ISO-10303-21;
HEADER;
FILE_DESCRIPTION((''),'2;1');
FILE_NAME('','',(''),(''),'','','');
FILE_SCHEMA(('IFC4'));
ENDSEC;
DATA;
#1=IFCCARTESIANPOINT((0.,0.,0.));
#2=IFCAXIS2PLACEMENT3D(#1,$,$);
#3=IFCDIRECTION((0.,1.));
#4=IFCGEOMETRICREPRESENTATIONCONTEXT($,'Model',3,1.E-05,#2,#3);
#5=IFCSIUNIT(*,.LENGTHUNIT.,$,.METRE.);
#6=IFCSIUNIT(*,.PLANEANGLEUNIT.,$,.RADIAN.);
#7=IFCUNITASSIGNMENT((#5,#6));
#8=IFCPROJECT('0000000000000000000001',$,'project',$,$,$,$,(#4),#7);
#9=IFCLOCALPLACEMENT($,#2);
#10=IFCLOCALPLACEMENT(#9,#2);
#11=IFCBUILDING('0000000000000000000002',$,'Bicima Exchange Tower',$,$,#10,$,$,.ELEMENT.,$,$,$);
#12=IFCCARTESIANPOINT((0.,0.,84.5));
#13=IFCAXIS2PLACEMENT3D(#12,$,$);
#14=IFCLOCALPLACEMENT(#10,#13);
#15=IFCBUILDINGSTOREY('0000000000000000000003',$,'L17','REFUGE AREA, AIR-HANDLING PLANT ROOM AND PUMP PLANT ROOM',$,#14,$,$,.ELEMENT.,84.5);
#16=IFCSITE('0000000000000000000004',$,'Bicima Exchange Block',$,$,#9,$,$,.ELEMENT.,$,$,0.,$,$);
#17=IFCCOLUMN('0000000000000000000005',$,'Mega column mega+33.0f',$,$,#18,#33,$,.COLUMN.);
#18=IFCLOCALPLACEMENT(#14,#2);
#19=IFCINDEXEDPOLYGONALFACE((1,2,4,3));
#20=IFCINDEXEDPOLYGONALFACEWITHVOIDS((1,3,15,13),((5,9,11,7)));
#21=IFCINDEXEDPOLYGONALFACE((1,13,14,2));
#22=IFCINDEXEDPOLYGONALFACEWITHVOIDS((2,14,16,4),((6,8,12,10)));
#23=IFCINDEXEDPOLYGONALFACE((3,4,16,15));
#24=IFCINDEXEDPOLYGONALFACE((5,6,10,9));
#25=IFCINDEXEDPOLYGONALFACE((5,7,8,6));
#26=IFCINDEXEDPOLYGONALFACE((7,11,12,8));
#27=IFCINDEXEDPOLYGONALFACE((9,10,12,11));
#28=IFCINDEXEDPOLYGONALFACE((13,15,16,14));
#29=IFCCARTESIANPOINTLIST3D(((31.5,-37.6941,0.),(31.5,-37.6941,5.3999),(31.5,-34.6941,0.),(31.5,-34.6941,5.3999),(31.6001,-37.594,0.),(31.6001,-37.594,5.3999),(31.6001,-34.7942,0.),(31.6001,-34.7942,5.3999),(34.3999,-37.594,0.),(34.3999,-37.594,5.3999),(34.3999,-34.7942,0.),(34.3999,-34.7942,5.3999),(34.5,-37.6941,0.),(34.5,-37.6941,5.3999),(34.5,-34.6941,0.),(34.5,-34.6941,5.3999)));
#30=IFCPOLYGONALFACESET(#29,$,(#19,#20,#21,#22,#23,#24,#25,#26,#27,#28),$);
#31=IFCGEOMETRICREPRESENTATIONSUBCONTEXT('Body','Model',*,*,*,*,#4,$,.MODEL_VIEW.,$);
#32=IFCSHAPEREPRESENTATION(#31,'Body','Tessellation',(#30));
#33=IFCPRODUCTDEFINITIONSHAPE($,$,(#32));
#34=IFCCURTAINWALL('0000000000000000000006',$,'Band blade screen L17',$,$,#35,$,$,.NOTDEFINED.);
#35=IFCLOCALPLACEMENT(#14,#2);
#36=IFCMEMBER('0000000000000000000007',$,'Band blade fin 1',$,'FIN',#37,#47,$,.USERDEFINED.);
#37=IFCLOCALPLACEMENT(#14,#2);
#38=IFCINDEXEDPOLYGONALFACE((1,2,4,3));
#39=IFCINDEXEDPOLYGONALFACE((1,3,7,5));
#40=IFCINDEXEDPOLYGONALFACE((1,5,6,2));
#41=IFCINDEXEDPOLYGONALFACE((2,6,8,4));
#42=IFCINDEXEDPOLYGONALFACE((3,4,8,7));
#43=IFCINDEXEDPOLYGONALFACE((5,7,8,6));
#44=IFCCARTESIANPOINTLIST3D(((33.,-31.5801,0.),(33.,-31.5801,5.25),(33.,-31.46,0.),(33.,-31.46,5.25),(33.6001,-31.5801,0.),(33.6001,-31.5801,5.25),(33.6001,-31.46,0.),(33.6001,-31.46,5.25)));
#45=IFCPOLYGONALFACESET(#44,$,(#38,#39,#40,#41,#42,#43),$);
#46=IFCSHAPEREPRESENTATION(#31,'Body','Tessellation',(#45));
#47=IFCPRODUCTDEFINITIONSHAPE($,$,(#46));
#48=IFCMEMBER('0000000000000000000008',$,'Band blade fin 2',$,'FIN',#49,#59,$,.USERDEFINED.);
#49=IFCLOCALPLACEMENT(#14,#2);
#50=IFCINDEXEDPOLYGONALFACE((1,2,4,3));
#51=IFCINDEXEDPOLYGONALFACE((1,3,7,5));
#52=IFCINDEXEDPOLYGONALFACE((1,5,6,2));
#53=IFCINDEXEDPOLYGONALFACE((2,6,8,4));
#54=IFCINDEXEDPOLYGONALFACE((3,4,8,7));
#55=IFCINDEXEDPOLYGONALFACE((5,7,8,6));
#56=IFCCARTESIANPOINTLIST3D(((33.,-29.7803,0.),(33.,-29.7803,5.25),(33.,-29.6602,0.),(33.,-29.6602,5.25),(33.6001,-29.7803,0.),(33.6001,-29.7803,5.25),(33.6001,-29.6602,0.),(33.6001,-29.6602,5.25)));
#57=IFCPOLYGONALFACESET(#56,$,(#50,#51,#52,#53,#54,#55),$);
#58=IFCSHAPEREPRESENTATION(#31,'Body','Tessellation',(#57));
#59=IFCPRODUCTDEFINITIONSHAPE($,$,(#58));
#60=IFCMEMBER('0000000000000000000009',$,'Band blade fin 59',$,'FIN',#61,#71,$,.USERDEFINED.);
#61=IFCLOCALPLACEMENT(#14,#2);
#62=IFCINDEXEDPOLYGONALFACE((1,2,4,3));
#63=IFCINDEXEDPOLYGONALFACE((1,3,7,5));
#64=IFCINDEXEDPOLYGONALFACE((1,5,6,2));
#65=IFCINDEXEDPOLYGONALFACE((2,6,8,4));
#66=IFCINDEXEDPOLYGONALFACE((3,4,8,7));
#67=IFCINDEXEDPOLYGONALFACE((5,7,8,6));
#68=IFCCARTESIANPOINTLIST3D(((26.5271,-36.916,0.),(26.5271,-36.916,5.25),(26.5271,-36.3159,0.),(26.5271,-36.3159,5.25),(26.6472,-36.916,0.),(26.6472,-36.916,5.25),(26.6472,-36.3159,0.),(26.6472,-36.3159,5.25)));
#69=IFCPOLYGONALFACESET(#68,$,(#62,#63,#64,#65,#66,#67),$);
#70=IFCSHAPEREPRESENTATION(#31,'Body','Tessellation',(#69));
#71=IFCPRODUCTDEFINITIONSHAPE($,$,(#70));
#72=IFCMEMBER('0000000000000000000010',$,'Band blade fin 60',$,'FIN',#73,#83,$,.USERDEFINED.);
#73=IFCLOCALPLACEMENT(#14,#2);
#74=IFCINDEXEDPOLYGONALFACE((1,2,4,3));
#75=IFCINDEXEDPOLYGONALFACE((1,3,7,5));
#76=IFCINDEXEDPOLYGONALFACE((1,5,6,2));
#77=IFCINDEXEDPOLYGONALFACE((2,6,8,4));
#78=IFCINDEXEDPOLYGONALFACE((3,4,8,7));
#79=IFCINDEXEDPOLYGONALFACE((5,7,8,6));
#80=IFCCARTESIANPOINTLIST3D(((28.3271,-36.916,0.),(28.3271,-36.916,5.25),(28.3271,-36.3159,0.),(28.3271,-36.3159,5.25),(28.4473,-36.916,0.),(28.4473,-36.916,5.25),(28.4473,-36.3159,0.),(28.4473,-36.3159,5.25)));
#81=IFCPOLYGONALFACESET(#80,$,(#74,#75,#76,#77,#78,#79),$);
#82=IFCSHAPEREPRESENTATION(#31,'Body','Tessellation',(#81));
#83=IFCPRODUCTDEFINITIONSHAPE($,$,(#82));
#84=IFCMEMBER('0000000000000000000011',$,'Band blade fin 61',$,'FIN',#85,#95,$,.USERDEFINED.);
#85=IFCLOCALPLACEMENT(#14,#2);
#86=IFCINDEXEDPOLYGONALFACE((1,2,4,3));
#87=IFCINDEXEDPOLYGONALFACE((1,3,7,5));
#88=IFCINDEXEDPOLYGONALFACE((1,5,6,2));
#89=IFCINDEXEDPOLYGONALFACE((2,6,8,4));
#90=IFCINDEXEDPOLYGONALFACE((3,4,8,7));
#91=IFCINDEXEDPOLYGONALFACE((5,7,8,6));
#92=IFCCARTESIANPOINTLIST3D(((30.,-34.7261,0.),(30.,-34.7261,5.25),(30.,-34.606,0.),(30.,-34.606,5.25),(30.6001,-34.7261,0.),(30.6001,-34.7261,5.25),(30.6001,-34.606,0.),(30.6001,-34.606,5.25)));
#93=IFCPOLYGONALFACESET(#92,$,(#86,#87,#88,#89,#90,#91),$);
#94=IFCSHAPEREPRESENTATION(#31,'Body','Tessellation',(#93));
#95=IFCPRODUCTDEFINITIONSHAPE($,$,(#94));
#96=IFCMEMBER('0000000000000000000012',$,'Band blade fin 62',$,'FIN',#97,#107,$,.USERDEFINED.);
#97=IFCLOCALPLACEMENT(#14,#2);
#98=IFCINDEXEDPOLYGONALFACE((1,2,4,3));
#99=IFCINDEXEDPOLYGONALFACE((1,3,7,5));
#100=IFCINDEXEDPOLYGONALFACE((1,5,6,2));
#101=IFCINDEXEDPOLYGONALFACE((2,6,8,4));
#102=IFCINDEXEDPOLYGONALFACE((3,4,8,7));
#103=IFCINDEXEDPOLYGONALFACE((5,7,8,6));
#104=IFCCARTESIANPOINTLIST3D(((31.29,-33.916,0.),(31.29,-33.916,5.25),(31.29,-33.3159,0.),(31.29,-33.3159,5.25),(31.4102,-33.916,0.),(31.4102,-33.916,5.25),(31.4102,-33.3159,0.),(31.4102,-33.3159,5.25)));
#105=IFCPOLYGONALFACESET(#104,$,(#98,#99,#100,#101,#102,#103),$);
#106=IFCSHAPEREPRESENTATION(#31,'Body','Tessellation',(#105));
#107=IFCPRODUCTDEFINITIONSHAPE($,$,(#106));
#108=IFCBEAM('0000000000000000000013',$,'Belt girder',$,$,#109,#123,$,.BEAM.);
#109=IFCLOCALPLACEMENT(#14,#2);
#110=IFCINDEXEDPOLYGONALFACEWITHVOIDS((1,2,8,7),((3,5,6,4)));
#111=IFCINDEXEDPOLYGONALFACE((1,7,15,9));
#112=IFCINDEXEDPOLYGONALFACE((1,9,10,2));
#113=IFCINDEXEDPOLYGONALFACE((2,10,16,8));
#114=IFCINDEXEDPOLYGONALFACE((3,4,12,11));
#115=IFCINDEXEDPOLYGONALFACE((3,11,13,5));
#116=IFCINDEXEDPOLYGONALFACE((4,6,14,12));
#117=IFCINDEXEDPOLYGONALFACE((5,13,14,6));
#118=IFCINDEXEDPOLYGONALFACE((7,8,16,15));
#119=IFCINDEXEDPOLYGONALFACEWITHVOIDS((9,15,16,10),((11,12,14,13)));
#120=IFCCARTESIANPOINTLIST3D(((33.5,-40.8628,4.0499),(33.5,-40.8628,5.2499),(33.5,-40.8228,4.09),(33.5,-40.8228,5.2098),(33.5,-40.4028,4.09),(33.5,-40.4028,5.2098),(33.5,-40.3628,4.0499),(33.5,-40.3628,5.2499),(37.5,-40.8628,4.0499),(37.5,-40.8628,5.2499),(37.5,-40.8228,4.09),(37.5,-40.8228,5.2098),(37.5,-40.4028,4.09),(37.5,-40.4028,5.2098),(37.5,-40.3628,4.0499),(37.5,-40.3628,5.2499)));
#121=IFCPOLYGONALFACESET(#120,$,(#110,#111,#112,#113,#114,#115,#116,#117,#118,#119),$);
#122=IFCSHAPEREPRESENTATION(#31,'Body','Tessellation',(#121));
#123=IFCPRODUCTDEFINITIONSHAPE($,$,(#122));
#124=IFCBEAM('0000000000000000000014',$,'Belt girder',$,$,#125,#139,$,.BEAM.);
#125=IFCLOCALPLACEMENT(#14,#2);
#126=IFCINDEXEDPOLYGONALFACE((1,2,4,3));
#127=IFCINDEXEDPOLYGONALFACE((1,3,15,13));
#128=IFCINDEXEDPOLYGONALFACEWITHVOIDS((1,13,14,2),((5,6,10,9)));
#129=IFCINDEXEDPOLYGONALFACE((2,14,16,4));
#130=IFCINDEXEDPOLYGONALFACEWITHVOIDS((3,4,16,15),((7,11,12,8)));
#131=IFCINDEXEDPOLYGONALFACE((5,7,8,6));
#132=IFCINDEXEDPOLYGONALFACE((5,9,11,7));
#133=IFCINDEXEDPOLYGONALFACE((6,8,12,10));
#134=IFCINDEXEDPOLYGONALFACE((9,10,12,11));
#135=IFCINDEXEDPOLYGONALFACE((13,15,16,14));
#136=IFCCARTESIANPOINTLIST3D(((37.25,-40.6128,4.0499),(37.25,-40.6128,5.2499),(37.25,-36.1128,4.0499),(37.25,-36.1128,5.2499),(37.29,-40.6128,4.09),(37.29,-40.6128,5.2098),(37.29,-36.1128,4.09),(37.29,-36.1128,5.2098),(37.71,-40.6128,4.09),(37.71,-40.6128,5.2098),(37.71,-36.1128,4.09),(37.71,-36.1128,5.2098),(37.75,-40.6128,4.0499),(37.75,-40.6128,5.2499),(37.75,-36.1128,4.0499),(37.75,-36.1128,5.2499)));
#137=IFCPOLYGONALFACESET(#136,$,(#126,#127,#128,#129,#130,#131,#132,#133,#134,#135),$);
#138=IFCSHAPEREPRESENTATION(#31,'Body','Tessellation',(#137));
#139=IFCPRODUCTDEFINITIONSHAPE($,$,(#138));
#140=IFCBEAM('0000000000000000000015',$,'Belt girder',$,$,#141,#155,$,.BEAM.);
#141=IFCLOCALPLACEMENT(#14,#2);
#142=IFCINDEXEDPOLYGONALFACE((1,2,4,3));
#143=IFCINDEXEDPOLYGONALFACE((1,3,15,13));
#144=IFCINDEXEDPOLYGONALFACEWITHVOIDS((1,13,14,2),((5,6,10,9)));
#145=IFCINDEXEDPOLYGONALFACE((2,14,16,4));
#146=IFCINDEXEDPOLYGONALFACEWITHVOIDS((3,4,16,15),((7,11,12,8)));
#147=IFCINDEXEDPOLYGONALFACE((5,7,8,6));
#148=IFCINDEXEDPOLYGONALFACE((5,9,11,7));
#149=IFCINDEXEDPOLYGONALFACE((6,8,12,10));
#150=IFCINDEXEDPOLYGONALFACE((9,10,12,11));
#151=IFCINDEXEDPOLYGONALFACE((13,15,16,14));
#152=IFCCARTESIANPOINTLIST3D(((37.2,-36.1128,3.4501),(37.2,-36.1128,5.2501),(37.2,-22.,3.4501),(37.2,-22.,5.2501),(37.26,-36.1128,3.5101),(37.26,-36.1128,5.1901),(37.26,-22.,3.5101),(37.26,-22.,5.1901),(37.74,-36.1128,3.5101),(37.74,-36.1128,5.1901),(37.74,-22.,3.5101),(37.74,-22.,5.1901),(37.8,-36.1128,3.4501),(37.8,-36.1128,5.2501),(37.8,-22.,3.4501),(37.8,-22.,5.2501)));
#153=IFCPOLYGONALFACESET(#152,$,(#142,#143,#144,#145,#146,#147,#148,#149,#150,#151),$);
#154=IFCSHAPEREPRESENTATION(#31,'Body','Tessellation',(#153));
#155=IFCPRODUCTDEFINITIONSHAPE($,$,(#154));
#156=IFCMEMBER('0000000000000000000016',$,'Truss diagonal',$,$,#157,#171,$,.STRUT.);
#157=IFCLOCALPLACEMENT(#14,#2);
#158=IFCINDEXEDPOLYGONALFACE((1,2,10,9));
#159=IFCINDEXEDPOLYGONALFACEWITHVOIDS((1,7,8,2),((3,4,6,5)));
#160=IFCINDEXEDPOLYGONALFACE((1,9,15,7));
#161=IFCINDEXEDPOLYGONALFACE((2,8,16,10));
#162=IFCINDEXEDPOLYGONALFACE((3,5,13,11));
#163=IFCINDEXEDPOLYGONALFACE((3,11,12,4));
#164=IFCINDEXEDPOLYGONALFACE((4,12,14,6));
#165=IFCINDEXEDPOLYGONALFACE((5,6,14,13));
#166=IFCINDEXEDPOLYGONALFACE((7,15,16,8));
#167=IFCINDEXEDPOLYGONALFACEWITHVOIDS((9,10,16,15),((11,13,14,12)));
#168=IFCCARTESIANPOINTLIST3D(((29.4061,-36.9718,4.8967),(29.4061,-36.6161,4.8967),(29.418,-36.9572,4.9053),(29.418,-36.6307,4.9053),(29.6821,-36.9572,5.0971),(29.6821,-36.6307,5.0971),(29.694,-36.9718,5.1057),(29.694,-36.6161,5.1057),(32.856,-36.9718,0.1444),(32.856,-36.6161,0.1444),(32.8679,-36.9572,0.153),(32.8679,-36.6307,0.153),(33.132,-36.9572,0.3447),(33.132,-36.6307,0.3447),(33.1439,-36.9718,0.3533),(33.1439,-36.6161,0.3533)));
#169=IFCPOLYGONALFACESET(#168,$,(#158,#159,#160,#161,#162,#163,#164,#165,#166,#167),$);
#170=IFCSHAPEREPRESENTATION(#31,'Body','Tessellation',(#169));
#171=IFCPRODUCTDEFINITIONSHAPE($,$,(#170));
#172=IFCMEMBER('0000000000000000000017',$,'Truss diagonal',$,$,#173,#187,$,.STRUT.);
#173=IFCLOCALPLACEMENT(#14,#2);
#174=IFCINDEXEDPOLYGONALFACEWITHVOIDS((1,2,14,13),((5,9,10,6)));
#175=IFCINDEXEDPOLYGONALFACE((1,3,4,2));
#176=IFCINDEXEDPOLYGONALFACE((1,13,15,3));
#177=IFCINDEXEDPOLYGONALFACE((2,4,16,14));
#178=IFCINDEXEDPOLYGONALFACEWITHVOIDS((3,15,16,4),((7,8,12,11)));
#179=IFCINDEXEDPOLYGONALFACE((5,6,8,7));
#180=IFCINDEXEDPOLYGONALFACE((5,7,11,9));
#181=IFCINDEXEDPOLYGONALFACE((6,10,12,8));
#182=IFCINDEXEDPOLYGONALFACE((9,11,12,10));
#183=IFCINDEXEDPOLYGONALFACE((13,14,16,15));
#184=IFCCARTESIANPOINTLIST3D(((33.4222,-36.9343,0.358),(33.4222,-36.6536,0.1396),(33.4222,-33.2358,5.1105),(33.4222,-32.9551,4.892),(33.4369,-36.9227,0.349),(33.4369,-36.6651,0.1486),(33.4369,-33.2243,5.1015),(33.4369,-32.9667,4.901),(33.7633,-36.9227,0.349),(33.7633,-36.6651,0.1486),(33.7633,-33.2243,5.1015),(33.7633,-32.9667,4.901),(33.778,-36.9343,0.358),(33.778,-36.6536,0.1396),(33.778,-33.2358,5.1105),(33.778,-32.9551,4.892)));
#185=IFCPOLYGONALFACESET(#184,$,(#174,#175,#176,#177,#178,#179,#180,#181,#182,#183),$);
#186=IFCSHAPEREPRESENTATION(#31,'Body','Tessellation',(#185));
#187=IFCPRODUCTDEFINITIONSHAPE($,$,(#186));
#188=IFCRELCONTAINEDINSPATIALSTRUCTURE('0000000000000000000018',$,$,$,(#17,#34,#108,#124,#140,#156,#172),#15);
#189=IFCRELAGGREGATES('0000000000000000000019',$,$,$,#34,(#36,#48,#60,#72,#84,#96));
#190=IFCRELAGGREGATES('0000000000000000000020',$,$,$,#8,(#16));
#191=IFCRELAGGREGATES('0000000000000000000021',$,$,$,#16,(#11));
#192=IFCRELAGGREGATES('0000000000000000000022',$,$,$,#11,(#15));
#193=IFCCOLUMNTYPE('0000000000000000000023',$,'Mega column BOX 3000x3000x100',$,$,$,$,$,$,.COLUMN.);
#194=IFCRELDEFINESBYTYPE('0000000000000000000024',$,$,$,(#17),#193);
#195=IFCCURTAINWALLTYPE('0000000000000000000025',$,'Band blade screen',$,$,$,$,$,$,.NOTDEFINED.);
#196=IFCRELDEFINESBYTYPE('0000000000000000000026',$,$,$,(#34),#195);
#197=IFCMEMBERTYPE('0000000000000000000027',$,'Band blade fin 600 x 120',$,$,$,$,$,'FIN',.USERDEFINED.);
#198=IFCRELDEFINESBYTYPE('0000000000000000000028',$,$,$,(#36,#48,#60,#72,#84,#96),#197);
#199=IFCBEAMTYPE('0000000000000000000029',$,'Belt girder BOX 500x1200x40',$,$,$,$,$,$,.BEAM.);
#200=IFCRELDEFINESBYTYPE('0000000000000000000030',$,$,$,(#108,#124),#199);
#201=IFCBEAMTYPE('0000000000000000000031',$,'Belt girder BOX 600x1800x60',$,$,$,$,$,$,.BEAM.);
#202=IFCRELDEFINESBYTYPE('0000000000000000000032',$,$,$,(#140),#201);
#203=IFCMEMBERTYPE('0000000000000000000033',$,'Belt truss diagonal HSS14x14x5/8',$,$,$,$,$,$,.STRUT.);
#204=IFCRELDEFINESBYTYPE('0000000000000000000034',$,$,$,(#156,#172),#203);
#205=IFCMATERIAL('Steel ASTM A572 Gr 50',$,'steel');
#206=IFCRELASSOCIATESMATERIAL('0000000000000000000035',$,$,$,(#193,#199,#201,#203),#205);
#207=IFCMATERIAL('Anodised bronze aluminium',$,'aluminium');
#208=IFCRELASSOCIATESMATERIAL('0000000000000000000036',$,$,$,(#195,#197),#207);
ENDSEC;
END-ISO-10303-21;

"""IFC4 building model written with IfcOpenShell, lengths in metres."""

from ifc_helpers import new_model, si_unit, direction, frame, origin, origin_2d, place, context, subcontext, project, spatial, rectangle, hollow_rectangle, extrude, material, material_profile, profile_set, type_object, element, aggregate, save


model = new_model("IFC4")

# Units and contexts
model_context = context("Model", 3, precision=1e-05, world=origin(), true_north=direction((0.0, 1.0)))
body_context = subcontext(model_context, "Body", "Model", "MODEL_VIEW")
ifc_project = project(units=[si_unit("LENGTHUNIT", "METRE"), si_unit("PLANEANGLEUNIT", "RADIAN")], contexts=[model_context])

# Site, building, storey
site_placement = place(None, origin())
site = spatial("IfcSite", under=ifc_project, at=site_placement, Name="Bicima Exchange Block", CompositionType="ELEMENT", RefElevation=0.0)
building_placement = place(site_placement, origin())
building = spatial("IfcBuilding", under=site, at=building_placement, Name="Bicima Exchange Tower", CompositionType="ELEMENT")
storey_placement = place(building_placement, frame((0.0, 0.0, 84.5)))
storey = spatial("IfcBuildingStorey", under=building, at=storey_placement, Name="L17", Description="REFUGE AREA, AIR-HANDLING PLANT ROOM AND PUMP PLANT ROOM", CompositionType="ELEMENT", Elevation=84.5)

# Column
ifc_material_1 = material(Name="Steel ASTM A572 Gr 50", Category="steel")
ifc_material_profile_1 = material_profile(ifc_material_1, hollow_rectangle(XDim=3.0, YDim=3.0, WallThickness=0.1001, at=origin_2d()))
ifc_profile_set_1 = profile_set([ifc_material_profile_1], Name="Steel ASTM A572 Gr 50")
column_type = type_object("IfcColumnType", Name="Mega column BOX 3000x3000x100", PredefinedType="COLUMN", material=ifc_profile_set_1)
column_placement = place(storey_placement, frame((33.0, -36.1941, 0.0), z_axis=(0.0, 0.0, 1.0), x_axis=(1.0, 0.0, 0.0)))
element("IfcColumn", 1, at=column_placement, inside=storey, type_object=column_type, Name="Mega column mega+33.0f", PredefinedType="COLUMN", context=body_context, shape_type="SweptSolid", body=[
    extrude(hollow_rectangle(XDim=3.0, YDim=3.0, WallThickness=0.1001, at=origin_2d()), origin(), (0.0, 0.0, 1.0), 5.3999),
])

# Curtain wall, members
ifc_material_2 = material(Name="Anodised bronze aluminium", Category="aluminium")
curtain_wall_type = type_object("IfcCurtainWallType", Name="Band blade screen", PredefinedType="NOTDEFINED", material=ifc_material_2)
curtain_wall_placement = place(storey_placement, origin())
curtain_wall = element("IfcCurtainWall", 2, at=curtain_wall_placement, inside=storey, type_object=curtain_wall_type, Name="Band blade screen L17", PredefinedType="NOTDEFINED")
ifc_material_profile_2 = material_profile(ifc_material_2, rectangle(XDim=0.6001, YDim=0.1201, at=origin_2d()))
ifc_profile_set_2 = profile_set([ifc_material_profile_2], Name="Anodised bronze aluminium")
member_type_1 = type_object("IfcMemberType", Name="Band blade fin 600 x 120", ElementType="FIN", PredefinedType="USERDEFINED", material=ifc_profile_set_2)
member_1_placement = place(storey_placement, frame((33.3, -31.52, 0.0), z_axis=(0.0, 0.0, 1.0), x_axis=(-1.0, 0.0, 0.0)))
member_1 = element("IfcMember", 3, at=member_1_placement, type_object=member_type_1, Name="Band blade fin 1", ObjectType="FIN", PredefinedType="USERDEFINED", context=body_context, shape_type="SweptSolid", body=[
    extrude(rectangle(XDim=0.6001, YDim=0.1201, at=origin_2d()), origin(), (0.0, 0.0, 1.0), 5.25),
])
member_2_placement = place(storey_placement, frame((33.3, -29.7202, 0.0), z_axis=(0.0, 0.0, 1.0), x_axis=(-1.0, 0.0, 0.0)))
member_2 = element("IfcMember", 4, at=member_2_placement, type_object=member_type_1, Name="Band blade fin 2", ObjectType="FIN", PredefinedType="USERDEFINED", context=body_context, shape_type="SweptSolid", body=[
    extrude(rectangle(XDim=0.6001, YDim=0.1201, at=origin_2d()), origin(), (0.0, 0.0, 1.0), 5.25),
])
member_3_placement = place(storey_placement, frame((26.5872, -36.616, 0.0), z_axis=(0.0, 0.0, 1.0), x_axis=(0.0, 1.0, 0.0)))
member_3 = element("IfcMember", 5, at=member_3_placement, type_object=member_type_1, Name="Band blade fin 59", ObjectType="FIN", PredefinedType="USERDEFINED", context=body_context, shape_type="SweptSolid", body=[
    extrude(rectangle(XDim=0.6001, YDim=0.1201, at=origin_2d()), origin(), (0.0, 0.0, 1.0), 5.25),
])
member_4_placement = place(storey_placement, frame((28.3872, -36.616, 0.0), z_axis=(0.0, 0.0, 1.0), x_axis=(0.0, 1.0, 0.0)))
member_4 = element("IfcMember", 6, at=member_4_placement, type_object=member_type_1, Name="Band blade fin 60", ObjectType="FIN", PredefinedType="USERDEFINED", context=body_context, shape_type="SweptSolid", body=[
    extrude(rectangle(XDim=0.6001, YDim=0.1201, at=origin_2d()), origin(), (0.0, 0.0, 1.0), 5.25),
])
member_5_placement = place(storey_placement, frame((30.3, -34.666, 0.0), z_axis=(0.0, 0.0, 1.0), x_axis=(-1.0, 0.0, 0.0)))
member_5 = element("IfcMember", 7, at=member_5_placement, type_object=member_type_1, Name="Band blade fin 61", ObjectType="FIN", PredefinedType="USERDEFINED", context=body_context, shape_type="SweptSolid", body=[
    extrude(rectangle(XDim=0.6001, YDim=0.1201, at=origin_2d()), origin(), (0.0, 0.0, 1.0), 5.25),
])
member_6_placement = place(storey_placement, frame((31.3501, -33.616, 0.0), z_axis=(0.0, 0.0, 1.0), x_axis=(0.0, 1.0, 0.0)))
member_6 = element("IfcMember", 8, at=member_6_placement, type_object=member_type_1, Name="Band blade fin 62", ObjectType="FIN", PredefinedType="USERDEFINED", context=body_context, shape_type="SweptSolid", body=[
    extrude(rectangle(XDim=0.6001, YDim=0.1201, at=origin_2d()), origin(), (0.0, 0.0, 1.0), 5.25),
])
aggregate(curtain_wall, [member_1, member_2, member_3, member_4, member_5, member_6])

# Beams
ifc_material_profile_3 = material_profile(ifc_material_1, hollow_rectangle(XDim=0.5, YDim=1.2, WallThickness=0.04, at=origin_2d()))
ifc_profile_set_3 = profile_set([ifc_material_profile_3], Name="Steel ASTM A572 Gr 50")
beam_type_1 = type_object("IfcBeamType", Name="Belt girder BOX 500x1200x40", PredefinedType="BEAM", material=ifc_profile_set_3)
beam_1_placement = place(storey_placement, frame((33.5, -40.6128, 4.6499), z_axis=(1.0, 0.0, 0.0), x_axis=(0.0, 1.0, 0.0)))
element("IfcBeam", 9, at=beam_1_placement, inside=storey, type_object=beam_type_1, Name="Belt girder", PredefinedType="BEAM", context=body_context, shape_type="SweptSolid", body=[
    extrude(hollow_rectangle(XDim=0.5, YDim=1.2, WallThickness=0.04, at=origin_2d()), origin(), (0.0, 0.0, 1.0), 4.0),
])
beam_2_placement = place(storey_placement, frame((37.5, -40.6128, 4.6499), z_axis=(0.0, 1.0, 0.0), x_axis=(-1.0, 0.0, 0.0)))
element("IfcBeam", 10, at=beam_2_placement, inside=storey, type_object=beam_type_1, Name="Belt girder", PredefinedType="BEAM", context=body_context, shape_type="SweptSolid", body=[
    extrude(hollow_rectangle(XDim=0.5, YDim=1.2, WallThickness=0.04, at=origin_2d()), origin(), (0.0, 0.0, 1.0), 4.5),
])
ifc_material_profile_4 = material_profile(ifc_material_1, hollow_rectangle(XDim=0.6001, YDim=1.8, WallThickness=0.0601, at=origin_2d()))
ifc_profile_set_4 = profile_set([ifc_material_profile_4], Name="Steel ASTM A572 Gr 50")
beam_type_2 = type_object("IfcBeamType", Name="Belt girder BOX 600x1800x60", PredefinedType="BEAM", material=ifc_profile_set_4)
beam_3_placement = place(storey_placement, frame((37.5, -36.1128, 4.3501), z_axis=(0.0, 1.0, 0.0), x_axis=(-1.0, 0.0, 0.0)))
element("IfcBeam", 11, at=beam_3_placement, inside=storey, type_object=beam_type_2, Name="Belt girder", PredefinedType="BEAM", context=body_context, shape_type="SweptSolid", body=[
    extrude(hollow_rectangle(XDim=0.6001, YDim=1.8, WallThickness=0.0601, at=origin_2d()), origin(), (0.0, 0.0, 1.0), 14.1128),
])

# Members
ifc_material_profile_5 = material_profile(ifc_material_1, hollow_rectangle(XDim=0.3557, YDim=0.3557, WallThickness=0.0146, at=origin_2d()))
ifc_profile_set_5 = profile_set([ifc_material_profile_5], Name="Steel ASTM A572 Gr 50")
member_type_2 = type_object("IfcMemberType", Name="Belt truss diagonal HSS14x14x5/8", PredefinedType="STRUT", material=ifc_profile_set_5)
member_7_placement = place(storey_placement, frame((29.55, -36.7939, 5.0012), z_axis=(0.587462, 0.0, -0.809252), x_axis=(0.0, 1.0, 0.0)))
element("IfcMember", 12, at=member_7_placement, inside=storey, type_object=member_type_2, Name="Truss diagonal", PredefinedType="STRUT", context=body_context, shape_type="SweptSolid", body=[
    extrude(hollow_rectangle(XDim=0.3557, YDim=0.3557, WallThickness=0.0146, at=origin_2d()), origin(), (0.0, 0.0, 1.0), 5.8726),
])
member_8_placement = place(storey_placement, frame((33.6001, -33.0955, 5.0012), z_axis=(0.0, -0.614162, -0.78918), x_axis=(1.0, 0.0, 0.0)))
element("IfcMember", 13, at=member_8_placement, inside=storey, type_object=member_type_2, Name="Truss diagonal", PredefinedType="STRUT", context=body_context, shape_type="SweptSolid", body=[
    extrude(hollow_rectangle(XDim=0.3557, YDim=0.3557, WallThickness=0.0146, at=origin_2d()), origin(), (0.0, 0.0, 1.0), 6.022),
])

save(model, "model.ifc")
